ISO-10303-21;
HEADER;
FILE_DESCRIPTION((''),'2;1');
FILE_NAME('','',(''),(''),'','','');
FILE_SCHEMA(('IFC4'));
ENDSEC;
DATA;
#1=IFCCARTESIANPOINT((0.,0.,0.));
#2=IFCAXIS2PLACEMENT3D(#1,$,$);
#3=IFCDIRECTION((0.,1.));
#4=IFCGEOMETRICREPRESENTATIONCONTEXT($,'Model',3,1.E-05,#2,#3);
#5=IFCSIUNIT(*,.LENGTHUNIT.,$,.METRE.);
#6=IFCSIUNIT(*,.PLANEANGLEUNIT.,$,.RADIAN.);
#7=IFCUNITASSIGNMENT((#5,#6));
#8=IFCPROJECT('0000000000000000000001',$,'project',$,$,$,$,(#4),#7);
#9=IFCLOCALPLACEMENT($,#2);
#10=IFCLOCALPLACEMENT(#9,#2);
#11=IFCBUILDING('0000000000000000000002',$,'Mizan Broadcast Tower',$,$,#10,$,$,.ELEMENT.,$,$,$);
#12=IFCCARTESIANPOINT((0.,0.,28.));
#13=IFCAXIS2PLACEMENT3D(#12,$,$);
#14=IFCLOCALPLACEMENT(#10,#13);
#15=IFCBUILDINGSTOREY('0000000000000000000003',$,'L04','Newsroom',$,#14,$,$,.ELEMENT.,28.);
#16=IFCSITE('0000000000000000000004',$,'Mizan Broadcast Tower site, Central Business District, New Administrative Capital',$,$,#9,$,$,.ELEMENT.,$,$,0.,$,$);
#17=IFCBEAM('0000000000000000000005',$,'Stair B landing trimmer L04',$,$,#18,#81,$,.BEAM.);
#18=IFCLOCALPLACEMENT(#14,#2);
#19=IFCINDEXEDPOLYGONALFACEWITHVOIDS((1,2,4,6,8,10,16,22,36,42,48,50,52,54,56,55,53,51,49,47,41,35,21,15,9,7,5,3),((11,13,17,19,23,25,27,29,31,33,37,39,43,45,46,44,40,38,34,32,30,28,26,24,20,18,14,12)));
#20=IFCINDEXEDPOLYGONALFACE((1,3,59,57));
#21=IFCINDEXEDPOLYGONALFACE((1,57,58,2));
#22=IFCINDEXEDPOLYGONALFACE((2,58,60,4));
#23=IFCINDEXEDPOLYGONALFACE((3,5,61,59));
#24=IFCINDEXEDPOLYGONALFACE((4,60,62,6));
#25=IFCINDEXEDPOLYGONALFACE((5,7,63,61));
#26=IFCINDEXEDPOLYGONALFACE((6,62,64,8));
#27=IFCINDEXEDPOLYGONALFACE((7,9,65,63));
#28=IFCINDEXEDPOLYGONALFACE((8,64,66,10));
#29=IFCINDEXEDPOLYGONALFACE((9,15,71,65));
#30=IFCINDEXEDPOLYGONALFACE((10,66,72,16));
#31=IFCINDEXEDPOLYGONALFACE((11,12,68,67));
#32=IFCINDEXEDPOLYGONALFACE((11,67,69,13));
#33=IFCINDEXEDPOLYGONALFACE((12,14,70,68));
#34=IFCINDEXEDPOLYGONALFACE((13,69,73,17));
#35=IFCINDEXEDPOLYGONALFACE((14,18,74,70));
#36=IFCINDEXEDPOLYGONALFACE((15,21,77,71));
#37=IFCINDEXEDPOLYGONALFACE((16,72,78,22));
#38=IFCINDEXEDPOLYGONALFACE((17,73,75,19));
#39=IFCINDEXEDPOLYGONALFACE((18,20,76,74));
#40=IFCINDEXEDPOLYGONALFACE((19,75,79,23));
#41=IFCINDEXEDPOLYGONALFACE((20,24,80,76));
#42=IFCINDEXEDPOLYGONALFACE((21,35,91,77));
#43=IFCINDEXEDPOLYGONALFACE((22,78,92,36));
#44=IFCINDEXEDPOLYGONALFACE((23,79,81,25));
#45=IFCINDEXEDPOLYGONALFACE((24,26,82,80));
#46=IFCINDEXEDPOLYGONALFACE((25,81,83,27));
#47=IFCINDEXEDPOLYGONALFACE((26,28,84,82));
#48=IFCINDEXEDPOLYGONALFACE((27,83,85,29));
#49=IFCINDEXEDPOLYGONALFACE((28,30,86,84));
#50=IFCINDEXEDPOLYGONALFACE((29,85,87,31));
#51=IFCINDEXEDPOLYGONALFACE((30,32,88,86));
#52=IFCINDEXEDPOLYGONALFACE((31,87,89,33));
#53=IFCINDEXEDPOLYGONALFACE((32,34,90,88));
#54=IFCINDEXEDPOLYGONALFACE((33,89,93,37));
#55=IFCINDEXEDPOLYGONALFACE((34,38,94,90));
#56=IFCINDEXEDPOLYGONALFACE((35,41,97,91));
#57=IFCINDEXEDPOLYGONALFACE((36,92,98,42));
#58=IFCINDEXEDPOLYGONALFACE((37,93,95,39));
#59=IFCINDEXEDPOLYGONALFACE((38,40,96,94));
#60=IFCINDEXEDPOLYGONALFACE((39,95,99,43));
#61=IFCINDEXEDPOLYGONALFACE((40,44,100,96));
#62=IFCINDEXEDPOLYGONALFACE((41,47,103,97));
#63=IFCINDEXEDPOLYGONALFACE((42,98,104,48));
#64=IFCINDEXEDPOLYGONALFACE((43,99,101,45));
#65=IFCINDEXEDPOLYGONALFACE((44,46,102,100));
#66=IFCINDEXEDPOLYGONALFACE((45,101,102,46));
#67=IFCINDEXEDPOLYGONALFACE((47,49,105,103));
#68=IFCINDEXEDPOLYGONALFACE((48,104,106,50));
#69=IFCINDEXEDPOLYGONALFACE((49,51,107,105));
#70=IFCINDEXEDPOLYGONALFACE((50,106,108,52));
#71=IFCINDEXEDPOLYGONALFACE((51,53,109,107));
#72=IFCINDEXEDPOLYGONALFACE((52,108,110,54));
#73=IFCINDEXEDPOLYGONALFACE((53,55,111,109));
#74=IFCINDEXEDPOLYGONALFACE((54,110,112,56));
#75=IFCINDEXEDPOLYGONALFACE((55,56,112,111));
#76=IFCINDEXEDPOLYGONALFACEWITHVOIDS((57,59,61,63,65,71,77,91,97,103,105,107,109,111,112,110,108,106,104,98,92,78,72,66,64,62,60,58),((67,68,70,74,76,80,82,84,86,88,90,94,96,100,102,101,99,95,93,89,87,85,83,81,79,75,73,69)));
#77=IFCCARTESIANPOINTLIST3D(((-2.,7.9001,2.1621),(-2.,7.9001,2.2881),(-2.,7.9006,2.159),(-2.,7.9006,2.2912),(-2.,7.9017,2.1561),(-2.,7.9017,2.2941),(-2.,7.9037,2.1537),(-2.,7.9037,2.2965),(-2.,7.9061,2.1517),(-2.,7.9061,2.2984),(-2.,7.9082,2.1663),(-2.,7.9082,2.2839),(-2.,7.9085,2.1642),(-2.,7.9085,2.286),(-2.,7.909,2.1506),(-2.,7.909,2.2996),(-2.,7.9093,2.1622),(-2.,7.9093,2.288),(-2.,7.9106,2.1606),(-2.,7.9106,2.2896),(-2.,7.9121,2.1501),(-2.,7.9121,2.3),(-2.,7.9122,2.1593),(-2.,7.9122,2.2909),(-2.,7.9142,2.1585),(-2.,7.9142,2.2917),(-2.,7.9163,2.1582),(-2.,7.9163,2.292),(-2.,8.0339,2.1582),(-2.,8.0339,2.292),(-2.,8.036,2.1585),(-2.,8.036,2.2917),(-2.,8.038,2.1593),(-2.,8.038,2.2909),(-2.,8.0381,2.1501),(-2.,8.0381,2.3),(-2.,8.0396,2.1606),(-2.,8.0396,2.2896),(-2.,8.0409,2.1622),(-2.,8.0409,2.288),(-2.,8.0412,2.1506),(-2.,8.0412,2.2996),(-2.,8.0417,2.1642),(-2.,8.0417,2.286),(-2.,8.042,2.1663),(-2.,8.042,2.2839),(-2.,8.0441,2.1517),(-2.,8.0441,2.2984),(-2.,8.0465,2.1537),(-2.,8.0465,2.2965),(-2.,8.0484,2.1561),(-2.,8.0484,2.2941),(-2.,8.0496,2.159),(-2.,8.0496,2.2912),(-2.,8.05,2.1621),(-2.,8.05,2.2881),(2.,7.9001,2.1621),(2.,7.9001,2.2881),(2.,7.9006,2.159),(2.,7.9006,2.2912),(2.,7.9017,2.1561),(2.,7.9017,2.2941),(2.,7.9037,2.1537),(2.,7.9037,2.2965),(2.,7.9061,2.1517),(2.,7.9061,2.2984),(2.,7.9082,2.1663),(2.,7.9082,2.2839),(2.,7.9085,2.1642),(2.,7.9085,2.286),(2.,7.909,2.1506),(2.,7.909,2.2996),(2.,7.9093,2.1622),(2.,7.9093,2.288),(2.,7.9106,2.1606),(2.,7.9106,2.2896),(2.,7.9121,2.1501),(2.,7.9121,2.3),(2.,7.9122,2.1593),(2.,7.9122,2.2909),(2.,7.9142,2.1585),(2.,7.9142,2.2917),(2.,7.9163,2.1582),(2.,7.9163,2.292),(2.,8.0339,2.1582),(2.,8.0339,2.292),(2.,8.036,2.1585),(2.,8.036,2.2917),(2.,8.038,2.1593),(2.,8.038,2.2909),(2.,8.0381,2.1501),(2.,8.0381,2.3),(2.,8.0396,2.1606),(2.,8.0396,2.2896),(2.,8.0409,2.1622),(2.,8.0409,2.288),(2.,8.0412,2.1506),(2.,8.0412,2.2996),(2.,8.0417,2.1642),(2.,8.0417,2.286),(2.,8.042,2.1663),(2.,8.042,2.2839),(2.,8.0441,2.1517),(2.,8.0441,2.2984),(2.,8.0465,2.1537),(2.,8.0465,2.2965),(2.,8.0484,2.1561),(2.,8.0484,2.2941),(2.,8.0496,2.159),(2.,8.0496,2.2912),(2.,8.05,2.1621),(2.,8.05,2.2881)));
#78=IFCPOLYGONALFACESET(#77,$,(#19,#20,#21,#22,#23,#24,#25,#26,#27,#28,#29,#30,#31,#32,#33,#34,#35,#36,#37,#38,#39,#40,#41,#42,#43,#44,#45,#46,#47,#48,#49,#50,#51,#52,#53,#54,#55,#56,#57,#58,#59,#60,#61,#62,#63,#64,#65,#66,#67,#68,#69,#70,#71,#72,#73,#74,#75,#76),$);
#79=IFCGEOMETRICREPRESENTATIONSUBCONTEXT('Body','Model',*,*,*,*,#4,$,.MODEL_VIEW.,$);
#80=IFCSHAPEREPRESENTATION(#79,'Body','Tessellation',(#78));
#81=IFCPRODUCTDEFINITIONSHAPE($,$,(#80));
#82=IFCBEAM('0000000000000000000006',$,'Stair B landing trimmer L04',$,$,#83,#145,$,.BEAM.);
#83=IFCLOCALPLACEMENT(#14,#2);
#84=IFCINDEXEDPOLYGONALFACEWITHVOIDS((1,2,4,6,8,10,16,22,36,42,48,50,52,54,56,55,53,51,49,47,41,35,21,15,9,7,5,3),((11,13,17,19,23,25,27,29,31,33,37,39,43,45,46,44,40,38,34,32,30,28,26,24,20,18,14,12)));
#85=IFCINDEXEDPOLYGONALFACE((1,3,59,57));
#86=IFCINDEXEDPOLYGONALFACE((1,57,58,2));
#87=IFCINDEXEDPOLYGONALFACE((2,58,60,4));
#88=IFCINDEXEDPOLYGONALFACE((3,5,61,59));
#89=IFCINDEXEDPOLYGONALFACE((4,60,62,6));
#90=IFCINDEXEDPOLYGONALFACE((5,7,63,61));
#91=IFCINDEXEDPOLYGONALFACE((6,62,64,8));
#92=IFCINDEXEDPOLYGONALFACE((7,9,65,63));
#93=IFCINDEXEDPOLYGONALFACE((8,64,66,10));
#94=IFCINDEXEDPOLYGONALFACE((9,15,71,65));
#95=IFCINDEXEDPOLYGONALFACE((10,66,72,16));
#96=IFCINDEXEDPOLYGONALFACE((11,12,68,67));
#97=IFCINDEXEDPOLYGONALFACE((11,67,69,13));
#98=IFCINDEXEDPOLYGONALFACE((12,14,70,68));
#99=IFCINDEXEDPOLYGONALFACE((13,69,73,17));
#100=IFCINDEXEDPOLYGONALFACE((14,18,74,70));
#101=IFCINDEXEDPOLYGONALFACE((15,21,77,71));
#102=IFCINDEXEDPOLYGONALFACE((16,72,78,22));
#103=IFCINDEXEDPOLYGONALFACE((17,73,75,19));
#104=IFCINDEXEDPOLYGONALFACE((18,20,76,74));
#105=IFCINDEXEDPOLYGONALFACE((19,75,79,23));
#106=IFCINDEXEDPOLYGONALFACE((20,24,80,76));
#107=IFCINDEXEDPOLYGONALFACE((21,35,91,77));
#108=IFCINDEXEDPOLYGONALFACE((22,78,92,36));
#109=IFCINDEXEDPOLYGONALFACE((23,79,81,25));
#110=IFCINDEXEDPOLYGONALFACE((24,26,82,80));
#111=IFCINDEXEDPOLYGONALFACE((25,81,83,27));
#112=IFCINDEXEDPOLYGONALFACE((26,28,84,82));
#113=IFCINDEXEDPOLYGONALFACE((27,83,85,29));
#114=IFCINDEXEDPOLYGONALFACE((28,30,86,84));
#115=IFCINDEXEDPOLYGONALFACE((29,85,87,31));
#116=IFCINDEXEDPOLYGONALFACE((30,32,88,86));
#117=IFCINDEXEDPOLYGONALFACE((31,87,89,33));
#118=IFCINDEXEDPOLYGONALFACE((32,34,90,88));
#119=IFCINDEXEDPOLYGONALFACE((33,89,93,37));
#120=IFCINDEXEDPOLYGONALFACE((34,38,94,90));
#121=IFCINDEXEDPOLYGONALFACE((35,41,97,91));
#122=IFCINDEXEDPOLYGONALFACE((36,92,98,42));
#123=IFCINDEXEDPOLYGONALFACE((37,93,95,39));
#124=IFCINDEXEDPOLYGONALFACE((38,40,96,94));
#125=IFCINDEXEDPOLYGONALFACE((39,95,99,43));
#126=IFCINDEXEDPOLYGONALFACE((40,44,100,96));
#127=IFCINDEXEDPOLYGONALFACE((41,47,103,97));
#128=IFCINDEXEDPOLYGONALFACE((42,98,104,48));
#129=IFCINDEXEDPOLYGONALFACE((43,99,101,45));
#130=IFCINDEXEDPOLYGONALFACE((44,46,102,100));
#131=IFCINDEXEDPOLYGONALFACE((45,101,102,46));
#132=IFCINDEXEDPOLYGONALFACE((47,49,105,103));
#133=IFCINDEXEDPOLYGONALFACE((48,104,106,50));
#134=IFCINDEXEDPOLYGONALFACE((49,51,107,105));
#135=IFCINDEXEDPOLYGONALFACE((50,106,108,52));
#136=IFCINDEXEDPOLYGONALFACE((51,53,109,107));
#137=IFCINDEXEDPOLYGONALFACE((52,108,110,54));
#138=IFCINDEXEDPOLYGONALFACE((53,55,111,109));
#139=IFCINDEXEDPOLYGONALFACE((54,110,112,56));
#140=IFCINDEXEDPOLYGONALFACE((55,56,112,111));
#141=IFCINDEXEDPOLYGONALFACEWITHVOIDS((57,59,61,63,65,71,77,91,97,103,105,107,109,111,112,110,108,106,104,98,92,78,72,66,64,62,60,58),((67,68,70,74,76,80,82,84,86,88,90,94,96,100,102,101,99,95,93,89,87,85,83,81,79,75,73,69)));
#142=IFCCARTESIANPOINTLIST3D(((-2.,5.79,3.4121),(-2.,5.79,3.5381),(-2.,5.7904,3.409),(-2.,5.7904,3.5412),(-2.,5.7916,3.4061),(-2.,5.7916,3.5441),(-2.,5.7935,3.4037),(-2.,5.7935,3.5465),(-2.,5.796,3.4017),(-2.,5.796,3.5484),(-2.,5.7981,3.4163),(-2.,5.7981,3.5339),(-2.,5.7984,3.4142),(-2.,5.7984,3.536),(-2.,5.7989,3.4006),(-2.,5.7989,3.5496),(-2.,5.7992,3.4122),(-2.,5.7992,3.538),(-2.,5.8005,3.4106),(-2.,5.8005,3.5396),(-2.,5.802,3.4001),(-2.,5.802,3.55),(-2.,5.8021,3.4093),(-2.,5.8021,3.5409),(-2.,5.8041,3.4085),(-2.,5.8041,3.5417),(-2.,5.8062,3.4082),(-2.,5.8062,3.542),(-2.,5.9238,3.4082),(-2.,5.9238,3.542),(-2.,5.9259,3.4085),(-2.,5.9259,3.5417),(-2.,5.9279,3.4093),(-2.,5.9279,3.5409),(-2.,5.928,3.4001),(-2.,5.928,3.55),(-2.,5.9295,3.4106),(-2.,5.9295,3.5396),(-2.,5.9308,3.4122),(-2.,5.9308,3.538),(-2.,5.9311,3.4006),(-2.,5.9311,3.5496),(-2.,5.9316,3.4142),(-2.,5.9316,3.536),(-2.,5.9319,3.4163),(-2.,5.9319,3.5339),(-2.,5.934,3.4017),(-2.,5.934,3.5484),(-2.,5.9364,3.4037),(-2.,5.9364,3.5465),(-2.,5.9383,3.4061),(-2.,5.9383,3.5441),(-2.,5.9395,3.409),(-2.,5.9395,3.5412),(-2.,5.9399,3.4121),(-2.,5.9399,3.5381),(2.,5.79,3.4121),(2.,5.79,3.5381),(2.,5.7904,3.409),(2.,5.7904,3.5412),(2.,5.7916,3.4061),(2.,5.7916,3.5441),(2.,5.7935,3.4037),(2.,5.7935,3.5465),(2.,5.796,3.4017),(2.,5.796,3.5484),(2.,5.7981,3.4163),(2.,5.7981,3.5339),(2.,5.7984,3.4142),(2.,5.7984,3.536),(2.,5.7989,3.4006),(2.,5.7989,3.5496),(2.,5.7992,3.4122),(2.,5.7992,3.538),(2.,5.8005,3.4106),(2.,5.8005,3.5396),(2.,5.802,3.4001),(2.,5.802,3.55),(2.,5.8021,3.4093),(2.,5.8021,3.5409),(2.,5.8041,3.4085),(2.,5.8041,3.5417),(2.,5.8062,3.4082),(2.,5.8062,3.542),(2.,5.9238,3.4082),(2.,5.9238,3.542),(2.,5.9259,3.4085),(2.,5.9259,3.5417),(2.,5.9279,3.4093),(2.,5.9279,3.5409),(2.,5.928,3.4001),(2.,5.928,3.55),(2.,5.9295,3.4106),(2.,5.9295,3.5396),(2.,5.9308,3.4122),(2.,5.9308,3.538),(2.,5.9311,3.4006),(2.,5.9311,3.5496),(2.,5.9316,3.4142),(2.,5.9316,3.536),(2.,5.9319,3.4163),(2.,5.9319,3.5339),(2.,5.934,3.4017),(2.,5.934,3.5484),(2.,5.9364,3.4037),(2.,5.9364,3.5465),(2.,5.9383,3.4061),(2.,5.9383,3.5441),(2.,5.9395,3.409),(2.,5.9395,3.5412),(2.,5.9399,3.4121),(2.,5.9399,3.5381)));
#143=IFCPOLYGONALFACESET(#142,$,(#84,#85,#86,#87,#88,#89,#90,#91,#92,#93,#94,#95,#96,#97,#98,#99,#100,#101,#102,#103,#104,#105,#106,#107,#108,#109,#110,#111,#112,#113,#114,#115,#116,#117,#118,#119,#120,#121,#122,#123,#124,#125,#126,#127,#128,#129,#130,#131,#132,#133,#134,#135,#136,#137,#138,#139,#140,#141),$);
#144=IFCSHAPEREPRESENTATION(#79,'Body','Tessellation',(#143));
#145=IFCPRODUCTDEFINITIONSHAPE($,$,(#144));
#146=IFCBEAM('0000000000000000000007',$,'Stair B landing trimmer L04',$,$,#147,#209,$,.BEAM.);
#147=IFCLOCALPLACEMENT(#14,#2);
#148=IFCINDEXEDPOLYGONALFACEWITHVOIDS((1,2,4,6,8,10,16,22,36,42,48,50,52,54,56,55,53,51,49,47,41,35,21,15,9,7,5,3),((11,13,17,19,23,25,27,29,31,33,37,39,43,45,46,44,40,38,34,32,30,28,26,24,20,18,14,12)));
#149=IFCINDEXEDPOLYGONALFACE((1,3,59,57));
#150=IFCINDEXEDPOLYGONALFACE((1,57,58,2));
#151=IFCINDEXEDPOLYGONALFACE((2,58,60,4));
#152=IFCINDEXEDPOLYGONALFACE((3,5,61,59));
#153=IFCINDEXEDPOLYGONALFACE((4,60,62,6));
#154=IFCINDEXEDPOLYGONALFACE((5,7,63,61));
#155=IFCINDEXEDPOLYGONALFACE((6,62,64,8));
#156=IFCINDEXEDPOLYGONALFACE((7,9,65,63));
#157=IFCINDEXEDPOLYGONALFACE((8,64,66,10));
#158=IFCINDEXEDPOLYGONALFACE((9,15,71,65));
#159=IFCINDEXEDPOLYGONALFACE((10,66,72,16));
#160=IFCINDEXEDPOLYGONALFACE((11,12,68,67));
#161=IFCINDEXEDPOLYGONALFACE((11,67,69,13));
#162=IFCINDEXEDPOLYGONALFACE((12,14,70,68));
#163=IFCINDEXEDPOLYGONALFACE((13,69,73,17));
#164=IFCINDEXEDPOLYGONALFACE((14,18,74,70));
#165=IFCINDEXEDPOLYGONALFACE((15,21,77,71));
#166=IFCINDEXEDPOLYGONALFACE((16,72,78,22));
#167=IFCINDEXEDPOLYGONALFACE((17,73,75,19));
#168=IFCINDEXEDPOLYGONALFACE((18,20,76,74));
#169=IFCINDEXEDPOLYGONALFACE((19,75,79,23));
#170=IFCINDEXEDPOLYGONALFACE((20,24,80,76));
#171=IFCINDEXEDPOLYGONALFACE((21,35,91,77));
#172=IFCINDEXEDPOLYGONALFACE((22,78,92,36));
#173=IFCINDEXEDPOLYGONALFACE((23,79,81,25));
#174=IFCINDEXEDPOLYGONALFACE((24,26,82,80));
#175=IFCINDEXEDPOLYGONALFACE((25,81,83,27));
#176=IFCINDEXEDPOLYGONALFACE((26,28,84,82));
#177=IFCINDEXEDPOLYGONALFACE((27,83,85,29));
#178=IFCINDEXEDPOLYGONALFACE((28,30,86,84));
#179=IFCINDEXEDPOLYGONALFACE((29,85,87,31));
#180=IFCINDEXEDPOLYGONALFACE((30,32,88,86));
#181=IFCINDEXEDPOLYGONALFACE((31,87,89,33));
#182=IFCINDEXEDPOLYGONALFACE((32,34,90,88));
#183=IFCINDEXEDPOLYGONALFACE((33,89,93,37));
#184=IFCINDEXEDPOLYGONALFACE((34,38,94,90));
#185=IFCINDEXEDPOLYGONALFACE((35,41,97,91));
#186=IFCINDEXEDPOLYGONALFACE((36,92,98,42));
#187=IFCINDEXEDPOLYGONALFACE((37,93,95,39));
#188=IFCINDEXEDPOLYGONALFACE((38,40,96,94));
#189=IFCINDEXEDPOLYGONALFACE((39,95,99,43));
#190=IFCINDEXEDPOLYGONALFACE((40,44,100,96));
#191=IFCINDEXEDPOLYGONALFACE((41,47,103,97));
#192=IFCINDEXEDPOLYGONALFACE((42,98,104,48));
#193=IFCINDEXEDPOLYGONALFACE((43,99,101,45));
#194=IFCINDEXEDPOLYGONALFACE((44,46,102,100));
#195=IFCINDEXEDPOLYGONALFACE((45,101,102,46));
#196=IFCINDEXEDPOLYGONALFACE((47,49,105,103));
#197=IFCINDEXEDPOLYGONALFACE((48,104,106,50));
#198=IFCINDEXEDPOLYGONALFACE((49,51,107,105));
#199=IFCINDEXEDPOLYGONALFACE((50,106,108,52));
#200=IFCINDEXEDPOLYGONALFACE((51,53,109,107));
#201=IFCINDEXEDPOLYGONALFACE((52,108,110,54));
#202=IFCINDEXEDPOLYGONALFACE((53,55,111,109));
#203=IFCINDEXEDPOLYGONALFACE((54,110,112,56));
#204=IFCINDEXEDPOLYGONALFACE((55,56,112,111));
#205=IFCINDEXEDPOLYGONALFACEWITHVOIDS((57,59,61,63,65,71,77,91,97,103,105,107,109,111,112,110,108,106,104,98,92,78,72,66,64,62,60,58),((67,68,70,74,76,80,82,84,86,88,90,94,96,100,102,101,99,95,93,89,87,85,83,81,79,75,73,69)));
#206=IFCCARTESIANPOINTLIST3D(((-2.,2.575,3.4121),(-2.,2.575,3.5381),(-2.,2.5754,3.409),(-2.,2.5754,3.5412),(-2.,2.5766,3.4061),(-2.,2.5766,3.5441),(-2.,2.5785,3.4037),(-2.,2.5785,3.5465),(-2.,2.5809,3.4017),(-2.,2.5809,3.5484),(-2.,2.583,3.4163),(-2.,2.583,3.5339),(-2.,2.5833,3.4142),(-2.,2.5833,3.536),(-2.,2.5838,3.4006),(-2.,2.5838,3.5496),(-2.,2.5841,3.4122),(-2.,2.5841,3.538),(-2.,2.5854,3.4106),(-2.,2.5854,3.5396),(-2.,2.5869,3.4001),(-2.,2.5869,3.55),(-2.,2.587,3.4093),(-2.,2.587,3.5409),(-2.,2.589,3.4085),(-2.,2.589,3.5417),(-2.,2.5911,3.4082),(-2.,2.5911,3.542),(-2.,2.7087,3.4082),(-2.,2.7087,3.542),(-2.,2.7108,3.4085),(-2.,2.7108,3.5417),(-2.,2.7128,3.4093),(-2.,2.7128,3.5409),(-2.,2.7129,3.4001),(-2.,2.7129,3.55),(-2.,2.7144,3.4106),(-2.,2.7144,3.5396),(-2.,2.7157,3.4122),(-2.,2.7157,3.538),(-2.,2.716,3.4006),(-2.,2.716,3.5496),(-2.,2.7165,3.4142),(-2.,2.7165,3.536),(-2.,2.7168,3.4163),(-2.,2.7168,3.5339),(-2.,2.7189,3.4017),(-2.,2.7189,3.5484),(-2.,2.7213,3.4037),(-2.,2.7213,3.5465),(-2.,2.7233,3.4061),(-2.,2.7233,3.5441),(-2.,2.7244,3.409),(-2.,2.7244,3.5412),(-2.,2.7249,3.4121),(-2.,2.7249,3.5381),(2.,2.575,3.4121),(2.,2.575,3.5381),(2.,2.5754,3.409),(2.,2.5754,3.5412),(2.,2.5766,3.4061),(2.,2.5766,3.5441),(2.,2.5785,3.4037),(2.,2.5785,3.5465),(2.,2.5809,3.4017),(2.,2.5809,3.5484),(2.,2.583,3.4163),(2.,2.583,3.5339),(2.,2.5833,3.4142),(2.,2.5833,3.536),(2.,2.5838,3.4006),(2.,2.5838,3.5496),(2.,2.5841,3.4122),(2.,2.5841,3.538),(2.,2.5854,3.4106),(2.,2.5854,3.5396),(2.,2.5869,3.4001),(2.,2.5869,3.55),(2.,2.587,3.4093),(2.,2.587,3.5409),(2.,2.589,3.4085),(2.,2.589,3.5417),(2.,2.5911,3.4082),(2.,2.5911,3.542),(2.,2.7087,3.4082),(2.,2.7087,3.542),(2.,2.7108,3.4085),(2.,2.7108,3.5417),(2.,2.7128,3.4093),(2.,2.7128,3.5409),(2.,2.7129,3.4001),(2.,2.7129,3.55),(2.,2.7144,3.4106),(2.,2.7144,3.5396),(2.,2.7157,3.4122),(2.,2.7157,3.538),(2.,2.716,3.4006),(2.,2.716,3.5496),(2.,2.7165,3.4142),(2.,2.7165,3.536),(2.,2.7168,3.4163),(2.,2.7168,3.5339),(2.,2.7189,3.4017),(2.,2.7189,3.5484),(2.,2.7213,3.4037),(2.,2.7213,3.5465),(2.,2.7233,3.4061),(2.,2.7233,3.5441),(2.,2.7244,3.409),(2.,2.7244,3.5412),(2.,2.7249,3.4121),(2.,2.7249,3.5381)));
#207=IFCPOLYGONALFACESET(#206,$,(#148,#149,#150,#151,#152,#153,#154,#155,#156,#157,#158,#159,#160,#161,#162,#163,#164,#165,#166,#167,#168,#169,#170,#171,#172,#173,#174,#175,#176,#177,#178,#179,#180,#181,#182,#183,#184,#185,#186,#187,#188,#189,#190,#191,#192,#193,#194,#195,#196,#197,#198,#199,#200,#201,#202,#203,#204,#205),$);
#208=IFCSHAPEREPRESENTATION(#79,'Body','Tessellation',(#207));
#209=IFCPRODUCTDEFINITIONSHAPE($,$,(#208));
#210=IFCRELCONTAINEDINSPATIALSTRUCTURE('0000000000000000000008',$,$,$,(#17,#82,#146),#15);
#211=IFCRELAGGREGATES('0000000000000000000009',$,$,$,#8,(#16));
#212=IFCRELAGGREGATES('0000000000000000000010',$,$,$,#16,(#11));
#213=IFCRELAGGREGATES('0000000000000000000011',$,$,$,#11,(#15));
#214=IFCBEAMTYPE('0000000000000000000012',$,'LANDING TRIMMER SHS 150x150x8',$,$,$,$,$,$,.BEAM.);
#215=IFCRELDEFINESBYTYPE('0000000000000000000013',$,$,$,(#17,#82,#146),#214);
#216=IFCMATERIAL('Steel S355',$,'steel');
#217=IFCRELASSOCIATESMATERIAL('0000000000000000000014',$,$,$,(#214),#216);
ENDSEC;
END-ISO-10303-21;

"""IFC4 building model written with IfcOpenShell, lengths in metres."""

from ifc_helpers import new_model, si_unit, direction, frame, origin, origin_2d, place, context, subcontext, project, spatial, hollow_rectangle, extrude, material, material_profile, profile_set, type_object, element, save


model = new_model("IFC4")

# Units and contexts
model_context = context("Model", 3, precision=1e-05, world=origin(), true_north=direction((0.0, 1.0)))
body_context = subcontext(model_context, "Body", "Model", "MODEL_VIEW")
ifc_project = project(units=[si_unit("LENGTHUNIT", "METRE"), si_unit("PLANEANGLEUNIT", "RADIAN")], contexts=[model_context])

# Site, building, storey
site_placement = place(None, origin())
site = spatial("IfcSite", under=ifc_project, at=site_placement, Name="Mizan Broadcast Tower site, Central Business District, New Administrative Capital", CompositionType="ELEMENT", RefElevation=0.0)
building_placement = place(site_placement, origin())
building = spatial("IfcBuilding", under=site, at=building_placement, Name="Mizan Broadcast Tower", CompositionType="ELEMENT")
storey_placement = place(building_placement, frame((0.0, 0.0, 28.0)))
storey = spatial("IfcBuildingStorey", under=building, at=storey_placement, Name="L04", Description="Newsroom", CompositionType="ELEMENT", Elevation=28.0)

# Beams
ifc_material_1 = material(Name="Steel S355", Category="steel")
ifc_material_profile_1 = material_profile(ifc_material_1, hollow_rectangle(XDim=0.1499, YDim=0.1499, WallThickness=0.0081, InnerFilletRadius=0.0081, OuterFilletRadius=0.012, at=origin_2d()), Name="SHS 150x150x8")
ifc_profile_set_1 = profile_set([ifc_material_profile_1], Name="Steel S355")
beam_type_1 = type_object("IfcBeamType", Name="LANDING TRIMMER SHS 150x150x8", PredefinedType="BEAM", material=ifc_profile_set_1)
for number, where, z_axis, x_axis, name in (
    (1, (2.0, 7.9751, 2.2251), (-1.0, 0.0, 0.0), (0.0, -1.0, 0.0), "Stair B landing trimmer L04"),
    (2, (2.0, 5.865, 3.4751), (-1.0, 0.0, 0.0), (0.0, -1.0, 0.0), "Stair B landing trimmer L04"),
    (3, (2.0, 2.6499, 3.4751), (-1.0, 0.0, 0.0), (0.0, -1.0, 0.0), "Stair B landing trimmer L04"),
):
    element("IfcBeam", number, at=place(storey_placement, frame(where, z_axis=z_axis, x_axis=x_axis)), inside=storey, type_object=beam_type_1, Name=name, PredefinedType="BEAM", context=body_context, shape_type="SweptSolid", body=[
        extrude(hollow_rectangle(XDim=0.1499, YDim=0.1499, WallThickness=0.0081, InnerFilletRadius=0.0081, OuterFilletRadius=0.012, at=origin_2d()), origin(), (0.0, 0.0, 1.0), 4.0),
    ])

save(model, "model.ifc")
